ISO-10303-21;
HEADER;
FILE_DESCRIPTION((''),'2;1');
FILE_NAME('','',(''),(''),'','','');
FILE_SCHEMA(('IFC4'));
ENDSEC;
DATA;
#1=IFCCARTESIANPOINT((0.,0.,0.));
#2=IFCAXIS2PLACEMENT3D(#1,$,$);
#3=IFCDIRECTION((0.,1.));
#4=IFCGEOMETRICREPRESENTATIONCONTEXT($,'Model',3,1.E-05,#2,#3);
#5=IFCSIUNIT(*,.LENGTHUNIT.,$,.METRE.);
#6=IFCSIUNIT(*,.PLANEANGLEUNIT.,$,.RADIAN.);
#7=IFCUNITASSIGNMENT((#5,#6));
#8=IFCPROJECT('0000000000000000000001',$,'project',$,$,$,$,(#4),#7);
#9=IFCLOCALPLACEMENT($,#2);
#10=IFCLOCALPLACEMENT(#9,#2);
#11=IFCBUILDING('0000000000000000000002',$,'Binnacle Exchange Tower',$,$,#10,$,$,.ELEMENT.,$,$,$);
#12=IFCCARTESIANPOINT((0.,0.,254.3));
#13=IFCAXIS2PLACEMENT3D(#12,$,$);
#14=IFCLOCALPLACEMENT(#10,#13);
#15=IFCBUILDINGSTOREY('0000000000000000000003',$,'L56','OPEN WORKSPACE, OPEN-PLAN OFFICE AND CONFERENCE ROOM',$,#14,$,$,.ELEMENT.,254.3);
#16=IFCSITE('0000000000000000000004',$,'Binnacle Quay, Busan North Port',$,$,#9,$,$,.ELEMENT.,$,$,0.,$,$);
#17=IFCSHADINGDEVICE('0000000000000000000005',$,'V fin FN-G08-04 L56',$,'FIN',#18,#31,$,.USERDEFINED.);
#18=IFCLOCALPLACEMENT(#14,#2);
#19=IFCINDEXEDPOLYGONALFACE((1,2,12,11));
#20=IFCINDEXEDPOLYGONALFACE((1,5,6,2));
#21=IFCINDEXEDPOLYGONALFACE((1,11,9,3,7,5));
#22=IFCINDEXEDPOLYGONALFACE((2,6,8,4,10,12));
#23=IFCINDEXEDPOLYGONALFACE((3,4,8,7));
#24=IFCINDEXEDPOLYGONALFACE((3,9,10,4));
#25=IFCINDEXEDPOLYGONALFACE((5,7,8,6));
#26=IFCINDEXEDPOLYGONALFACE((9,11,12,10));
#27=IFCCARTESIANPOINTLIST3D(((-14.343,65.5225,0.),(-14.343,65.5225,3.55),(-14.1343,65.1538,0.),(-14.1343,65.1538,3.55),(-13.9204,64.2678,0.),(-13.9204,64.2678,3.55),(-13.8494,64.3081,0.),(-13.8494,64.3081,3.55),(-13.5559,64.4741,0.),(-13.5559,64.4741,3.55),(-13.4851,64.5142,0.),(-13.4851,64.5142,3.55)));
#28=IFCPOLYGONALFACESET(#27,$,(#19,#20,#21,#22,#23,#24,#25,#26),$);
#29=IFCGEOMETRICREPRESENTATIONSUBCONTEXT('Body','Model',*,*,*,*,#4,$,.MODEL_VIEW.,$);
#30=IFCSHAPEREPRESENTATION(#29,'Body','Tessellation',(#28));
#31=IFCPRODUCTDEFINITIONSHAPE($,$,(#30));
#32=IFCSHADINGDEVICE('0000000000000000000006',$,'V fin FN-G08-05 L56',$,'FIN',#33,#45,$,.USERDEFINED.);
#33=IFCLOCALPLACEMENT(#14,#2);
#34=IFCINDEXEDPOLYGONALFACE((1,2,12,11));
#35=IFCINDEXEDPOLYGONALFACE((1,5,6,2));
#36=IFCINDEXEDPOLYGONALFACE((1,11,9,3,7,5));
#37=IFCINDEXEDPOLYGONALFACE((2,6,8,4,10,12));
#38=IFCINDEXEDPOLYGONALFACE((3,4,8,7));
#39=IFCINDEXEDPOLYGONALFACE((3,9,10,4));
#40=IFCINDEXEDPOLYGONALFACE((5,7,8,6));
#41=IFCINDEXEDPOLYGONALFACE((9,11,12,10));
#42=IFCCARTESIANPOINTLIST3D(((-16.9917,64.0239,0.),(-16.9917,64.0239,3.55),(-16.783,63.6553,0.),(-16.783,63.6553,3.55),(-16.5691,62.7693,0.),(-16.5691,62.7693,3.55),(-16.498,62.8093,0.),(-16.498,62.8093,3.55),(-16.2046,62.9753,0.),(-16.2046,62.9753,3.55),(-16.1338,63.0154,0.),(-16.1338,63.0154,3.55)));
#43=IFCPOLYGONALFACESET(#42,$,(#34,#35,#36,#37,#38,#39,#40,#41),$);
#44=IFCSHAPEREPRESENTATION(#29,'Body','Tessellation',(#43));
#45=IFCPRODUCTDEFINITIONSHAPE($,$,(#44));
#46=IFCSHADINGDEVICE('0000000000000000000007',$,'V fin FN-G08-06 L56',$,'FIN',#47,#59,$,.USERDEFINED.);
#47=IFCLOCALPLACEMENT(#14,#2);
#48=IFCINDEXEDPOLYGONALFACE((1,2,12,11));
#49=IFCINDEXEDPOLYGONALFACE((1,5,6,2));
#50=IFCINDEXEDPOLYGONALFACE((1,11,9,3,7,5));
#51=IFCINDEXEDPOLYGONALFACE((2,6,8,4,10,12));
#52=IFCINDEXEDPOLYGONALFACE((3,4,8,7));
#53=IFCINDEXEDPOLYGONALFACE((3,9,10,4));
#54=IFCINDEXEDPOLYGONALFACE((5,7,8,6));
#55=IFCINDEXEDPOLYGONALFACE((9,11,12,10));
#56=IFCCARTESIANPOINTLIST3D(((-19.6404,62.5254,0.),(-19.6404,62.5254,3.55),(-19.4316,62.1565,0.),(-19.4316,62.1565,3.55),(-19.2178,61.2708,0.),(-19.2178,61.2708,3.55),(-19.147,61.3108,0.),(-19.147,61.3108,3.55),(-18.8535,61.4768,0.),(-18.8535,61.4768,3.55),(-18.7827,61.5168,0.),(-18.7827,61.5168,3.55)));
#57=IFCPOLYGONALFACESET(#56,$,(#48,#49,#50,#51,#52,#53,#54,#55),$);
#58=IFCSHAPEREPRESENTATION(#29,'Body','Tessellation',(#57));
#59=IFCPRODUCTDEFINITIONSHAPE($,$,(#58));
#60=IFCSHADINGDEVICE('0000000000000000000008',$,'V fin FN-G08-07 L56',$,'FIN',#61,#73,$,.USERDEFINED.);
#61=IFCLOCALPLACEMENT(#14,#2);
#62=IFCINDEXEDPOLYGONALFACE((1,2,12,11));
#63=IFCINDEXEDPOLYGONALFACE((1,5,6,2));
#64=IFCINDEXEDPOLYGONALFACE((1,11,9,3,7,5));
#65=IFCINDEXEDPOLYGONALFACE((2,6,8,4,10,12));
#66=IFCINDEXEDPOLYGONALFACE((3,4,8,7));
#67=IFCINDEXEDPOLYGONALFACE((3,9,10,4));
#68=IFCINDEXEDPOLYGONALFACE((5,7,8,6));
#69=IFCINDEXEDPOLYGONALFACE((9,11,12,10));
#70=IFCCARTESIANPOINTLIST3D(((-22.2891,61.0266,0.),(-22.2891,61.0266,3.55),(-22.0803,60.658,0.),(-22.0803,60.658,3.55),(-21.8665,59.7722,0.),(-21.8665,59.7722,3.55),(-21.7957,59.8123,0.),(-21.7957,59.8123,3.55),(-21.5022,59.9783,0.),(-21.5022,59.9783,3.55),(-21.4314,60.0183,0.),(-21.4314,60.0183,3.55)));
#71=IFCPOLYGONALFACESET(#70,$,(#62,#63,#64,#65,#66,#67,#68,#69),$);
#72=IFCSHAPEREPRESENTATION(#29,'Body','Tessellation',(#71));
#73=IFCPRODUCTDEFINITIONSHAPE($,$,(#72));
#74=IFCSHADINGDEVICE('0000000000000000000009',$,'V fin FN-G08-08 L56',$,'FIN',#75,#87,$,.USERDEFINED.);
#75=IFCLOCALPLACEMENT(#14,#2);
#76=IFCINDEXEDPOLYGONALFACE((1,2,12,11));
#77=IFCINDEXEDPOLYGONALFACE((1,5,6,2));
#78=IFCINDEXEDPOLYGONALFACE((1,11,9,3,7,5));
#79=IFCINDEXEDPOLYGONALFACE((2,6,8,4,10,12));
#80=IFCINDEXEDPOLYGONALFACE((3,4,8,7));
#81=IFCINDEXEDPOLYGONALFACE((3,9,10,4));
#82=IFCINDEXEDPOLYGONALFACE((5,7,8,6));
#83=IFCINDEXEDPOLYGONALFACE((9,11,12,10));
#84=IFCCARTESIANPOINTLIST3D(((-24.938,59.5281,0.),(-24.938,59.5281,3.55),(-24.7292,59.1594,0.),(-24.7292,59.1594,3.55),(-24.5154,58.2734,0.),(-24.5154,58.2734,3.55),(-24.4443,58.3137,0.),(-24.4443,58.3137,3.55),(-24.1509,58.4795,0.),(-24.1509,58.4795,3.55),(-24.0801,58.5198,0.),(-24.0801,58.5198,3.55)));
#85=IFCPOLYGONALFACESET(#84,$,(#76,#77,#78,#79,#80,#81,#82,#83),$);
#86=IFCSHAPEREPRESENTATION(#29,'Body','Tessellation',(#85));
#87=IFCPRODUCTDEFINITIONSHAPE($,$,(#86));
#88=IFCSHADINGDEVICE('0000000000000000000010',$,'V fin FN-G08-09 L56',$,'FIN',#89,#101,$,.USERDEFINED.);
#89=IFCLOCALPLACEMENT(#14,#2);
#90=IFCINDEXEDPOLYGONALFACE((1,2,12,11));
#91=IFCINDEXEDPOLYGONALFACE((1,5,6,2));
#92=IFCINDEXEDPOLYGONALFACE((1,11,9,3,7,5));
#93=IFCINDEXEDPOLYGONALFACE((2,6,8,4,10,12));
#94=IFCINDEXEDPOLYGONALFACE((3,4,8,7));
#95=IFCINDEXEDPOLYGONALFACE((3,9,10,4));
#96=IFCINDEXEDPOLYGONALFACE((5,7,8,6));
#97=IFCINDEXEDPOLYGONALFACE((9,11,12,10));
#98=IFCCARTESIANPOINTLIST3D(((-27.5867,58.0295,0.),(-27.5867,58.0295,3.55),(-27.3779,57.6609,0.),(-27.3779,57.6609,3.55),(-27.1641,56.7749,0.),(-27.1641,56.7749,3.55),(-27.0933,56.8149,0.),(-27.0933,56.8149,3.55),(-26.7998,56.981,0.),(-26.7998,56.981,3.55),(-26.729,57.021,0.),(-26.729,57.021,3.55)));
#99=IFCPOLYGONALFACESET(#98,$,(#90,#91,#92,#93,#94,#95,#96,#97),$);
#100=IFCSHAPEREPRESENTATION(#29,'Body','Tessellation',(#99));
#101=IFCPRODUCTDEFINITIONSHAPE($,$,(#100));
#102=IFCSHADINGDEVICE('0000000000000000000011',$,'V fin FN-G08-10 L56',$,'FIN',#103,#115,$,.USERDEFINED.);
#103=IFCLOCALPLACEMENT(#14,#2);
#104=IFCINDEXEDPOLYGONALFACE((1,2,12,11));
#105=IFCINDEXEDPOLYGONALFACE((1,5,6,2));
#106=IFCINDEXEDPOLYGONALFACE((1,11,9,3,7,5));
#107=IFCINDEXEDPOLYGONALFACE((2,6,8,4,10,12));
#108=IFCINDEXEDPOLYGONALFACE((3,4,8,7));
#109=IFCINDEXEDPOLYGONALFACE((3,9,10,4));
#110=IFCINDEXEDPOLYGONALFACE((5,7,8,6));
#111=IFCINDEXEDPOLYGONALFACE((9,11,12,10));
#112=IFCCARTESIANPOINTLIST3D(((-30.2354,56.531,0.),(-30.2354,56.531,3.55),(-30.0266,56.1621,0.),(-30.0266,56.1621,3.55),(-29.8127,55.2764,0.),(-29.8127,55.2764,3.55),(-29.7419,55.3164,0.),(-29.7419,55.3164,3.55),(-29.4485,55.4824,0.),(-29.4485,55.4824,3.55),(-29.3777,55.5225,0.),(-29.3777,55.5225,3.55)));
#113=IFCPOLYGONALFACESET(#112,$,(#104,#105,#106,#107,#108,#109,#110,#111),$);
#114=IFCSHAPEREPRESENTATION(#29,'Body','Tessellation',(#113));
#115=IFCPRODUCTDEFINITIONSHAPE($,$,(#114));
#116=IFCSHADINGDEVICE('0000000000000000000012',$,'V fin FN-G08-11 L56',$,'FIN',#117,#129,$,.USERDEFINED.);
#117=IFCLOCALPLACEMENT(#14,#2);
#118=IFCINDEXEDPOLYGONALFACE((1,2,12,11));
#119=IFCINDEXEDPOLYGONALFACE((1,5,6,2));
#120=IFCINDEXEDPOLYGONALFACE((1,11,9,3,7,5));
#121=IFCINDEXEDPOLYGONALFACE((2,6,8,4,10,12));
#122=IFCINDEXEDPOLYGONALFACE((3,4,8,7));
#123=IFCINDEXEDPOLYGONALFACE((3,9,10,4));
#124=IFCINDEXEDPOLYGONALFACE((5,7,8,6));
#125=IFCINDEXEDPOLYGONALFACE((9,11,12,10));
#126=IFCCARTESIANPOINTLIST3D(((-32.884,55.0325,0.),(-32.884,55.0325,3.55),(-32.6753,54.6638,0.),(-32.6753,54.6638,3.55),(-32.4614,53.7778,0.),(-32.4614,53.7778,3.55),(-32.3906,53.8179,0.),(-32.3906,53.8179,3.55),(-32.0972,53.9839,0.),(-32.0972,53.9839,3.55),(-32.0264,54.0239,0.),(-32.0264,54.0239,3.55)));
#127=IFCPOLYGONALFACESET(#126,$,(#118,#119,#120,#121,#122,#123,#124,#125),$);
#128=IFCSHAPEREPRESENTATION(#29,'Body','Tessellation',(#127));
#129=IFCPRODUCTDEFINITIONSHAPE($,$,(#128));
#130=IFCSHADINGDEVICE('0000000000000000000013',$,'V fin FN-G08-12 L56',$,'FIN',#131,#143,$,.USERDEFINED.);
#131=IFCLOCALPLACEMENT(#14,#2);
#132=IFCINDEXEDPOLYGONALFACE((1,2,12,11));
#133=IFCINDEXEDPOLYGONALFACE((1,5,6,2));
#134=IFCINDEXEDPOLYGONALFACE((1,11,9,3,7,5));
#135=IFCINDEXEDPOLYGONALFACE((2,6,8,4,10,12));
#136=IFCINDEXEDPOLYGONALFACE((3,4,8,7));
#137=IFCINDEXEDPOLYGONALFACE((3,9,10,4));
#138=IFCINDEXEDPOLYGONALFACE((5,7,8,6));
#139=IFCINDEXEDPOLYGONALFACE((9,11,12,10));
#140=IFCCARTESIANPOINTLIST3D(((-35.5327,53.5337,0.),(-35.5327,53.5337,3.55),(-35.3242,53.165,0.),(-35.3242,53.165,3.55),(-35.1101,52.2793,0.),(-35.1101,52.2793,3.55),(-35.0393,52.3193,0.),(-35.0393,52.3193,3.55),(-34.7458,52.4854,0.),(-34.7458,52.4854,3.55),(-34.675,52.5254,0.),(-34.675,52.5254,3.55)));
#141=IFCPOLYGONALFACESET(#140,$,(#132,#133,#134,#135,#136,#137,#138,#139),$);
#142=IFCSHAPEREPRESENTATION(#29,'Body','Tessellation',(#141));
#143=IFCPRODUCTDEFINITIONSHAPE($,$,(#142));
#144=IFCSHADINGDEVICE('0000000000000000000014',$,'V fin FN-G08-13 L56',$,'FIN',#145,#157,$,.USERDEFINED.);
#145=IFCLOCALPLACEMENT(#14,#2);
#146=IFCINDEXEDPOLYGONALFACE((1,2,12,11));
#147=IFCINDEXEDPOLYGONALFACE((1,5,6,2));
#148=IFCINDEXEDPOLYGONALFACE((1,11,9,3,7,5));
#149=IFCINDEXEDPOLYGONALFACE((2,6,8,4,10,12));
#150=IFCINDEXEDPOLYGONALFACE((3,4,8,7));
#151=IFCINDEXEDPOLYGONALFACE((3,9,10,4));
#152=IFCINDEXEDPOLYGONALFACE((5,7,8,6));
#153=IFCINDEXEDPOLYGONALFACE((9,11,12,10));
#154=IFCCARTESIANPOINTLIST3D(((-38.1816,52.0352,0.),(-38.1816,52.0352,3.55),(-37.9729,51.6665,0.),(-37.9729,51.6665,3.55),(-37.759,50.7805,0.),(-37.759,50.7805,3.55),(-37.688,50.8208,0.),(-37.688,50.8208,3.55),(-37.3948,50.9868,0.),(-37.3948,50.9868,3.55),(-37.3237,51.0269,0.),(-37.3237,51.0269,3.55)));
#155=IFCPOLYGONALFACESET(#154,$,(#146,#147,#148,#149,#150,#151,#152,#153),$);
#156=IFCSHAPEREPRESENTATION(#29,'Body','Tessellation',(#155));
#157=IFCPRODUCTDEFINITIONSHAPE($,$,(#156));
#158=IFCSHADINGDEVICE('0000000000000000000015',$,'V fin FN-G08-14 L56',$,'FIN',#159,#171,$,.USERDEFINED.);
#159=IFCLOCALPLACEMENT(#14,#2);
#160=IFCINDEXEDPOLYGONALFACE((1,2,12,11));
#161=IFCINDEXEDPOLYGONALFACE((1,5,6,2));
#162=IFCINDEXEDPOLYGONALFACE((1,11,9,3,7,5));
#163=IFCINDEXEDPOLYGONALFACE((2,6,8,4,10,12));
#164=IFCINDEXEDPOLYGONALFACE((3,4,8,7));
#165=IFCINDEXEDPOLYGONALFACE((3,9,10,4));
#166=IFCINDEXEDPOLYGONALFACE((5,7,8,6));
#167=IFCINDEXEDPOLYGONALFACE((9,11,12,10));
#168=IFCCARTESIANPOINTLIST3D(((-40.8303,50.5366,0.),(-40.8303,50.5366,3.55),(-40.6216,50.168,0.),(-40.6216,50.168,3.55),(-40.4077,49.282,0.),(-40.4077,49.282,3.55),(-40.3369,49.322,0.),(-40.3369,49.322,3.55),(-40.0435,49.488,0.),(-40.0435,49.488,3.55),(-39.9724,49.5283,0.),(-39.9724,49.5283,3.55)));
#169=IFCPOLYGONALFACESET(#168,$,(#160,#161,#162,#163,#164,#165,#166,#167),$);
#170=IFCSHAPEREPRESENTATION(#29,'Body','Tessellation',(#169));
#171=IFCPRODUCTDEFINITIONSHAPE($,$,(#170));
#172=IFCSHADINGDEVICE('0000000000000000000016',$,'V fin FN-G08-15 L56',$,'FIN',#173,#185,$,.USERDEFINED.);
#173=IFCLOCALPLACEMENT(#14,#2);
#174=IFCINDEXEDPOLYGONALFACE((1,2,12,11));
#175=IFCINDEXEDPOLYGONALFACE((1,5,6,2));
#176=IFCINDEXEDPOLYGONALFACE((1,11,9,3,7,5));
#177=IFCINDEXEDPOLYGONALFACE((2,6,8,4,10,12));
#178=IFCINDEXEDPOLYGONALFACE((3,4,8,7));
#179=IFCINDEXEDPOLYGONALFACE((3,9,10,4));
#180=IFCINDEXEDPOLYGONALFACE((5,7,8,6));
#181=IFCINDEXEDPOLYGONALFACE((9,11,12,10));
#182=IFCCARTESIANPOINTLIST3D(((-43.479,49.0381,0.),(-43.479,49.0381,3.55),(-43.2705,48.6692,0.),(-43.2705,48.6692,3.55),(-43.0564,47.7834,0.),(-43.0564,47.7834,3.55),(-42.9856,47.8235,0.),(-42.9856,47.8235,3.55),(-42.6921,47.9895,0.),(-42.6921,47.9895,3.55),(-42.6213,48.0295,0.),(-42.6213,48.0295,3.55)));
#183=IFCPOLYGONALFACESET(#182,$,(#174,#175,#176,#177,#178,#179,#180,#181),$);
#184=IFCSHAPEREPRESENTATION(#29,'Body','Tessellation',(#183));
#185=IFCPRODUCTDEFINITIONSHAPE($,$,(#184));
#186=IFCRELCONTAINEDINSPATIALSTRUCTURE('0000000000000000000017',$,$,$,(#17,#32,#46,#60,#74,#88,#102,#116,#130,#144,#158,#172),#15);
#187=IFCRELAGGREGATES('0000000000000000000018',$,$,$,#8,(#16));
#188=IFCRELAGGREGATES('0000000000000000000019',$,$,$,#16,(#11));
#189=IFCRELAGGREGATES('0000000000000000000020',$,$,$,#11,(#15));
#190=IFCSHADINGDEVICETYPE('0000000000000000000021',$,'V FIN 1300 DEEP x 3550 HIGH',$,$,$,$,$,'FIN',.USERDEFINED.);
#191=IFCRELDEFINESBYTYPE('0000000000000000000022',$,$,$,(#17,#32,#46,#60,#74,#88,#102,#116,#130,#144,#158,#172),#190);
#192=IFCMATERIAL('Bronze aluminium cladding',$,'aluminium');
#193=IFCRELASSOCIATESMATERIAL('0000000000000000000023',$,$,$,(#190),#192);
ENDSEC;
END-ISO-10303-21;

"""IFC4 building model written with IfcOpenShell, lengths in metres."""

from ifc_helpers import new_model, si_unit, direction, frame, origin, place, context, subcontext, project, spatial, polyline, outline, extrude, material, type_object, element, save


model = new_model("IFC4")

# Units and contexts
model_context = context("Model", 3, precision=1e-05, world=origin(), true_north=direction((0.0, 1.0)))
body_context = subcontext(model_context, "Body", "Model", "MODEL_VIEW")
ifc_project = project(units=[si_unit("LENGTHUNIT", "METRE"), si_unit("PLANEANGLEUNIT", "RADIAN")], contexts=[model_context])

# Site, building, storey
site_placement = place(None, origin())
site = spatial("IfcSite", under=ifc_project, at=site_placement, Name="Binnacle Quay, Busan North Port", CompositionType="ELEMENT", RefElevation=0.0)
building_placement = place(site_placement, origin())
building = spatial("IfcBuilding", under=site, at=building_placement, Name="Binnacle Exchange Tower", CompositionType="ELEMENT")
storey_placement = place(building_placement, frame((0.0, 0.0, 254.3)))
storey = spatial("IfcBuildingStorey", under=building, at=storey_placement, Name="L56", Description="OPEN WORKSPACE, OPEN-PLAN OFFICE AND CONFERENCE ROOM", CompositionType="ELEMENT", Elevation=254.3)

# Shading devices
ifc_material_1 = material(Name="Bronze aluminium cladding", Category="aluminium")
shading_device_type = type_object("IfcShadingDeviceType", Name="V FIN 1300 DEEP x 3550 HIGH", ElementType="FIN", PredefinedType="USERDEFINED", material=ifc_material_1)
shading_device_1_placement = place(storey_placement, origin())
element("IfcShadingDevice", 1, at=shading_device_1_placement, inside=storey, type_object=shading_device_type, Name="V fin FN-G08-04 L56", ObjectType="FIN", PredefinedType="USERDEFINED", context=body_context, shape_type="SweptSolid", body=[
    extrude(outline(polyline([(-13.4851, 64.5142), (-14.343, 65.5225), (-13.9204, 64.2678), (-13.8494, 64.3081), (-14.1343, 65.1538), (-13.5559, 64.4741), (-13.4851, 64.5142)])), origin(), (0.0, 0.0, 1.0), 3.55),
])
shading_device_2_placement = place(storey_placement, origin())
element("IfcShadingDevice", 2, at=shading_device_2_placement, inside=storey, type_object=shading_device_type, Name="V fin FN-G08-05 L56", ObjectType="FIN", PredefinedType="USERDEFINED", context=body_context, shape_type="SweptSolid", body=[
    extrude(outline(polyline([(-16.1338, 63.0154), (-16.9917, 64.0239), (-16.5691, 62.7693), (-16.498, 62.8093), (-16.783, 63.6553), (-16.2046, 62.9753), (-16.1338, 63.0154)])), origin(), (0.0, 0.0, 1.0), 3.55),
])
shading_device_3_placement = place(storey_placement, origin())
element("IfcShadingDevice", 3, at=shading_device_3_placement, inside=storey, type_object=shading_device_type, Name="V fin FN-G08-06 L56", ObjectType="FIN", PredefinedType="USERDEFINED", context=body_context, shape_type="SweptSolid", body=[
    extrude(outline(polyline([(-18.7827, 61.5168), (-19.6404, 62.5254), (-19.2178, 61.2708), (-19.147, 61.3108), (-19.4316, 62.1565), (-18.8535, 61.4768), (-18.7827, 61.5168)])), origin(), (0.0, 0.0, 1.0), 3.55),
])
shading_device_4_placement = place(storey_placement, origin())
element("IfcShadingDevice", 4, at=shading_device_4_placement, inside=storey, type_object=shading_device_type, Name="V fin FN-G08-07 L56", ObjectType="FIN", PredefinedType="USERDEFINED", context=body_context, shape_type="SweptSolid", body=[
    extrude(outline(polyline([(-21.4314, 60.0183), (-22.2891, 61.0266), (-21.8665, 59.7722), (-21.7957, 59.8123), (-22.0803, 60.658), (-21.5022, 59.9783), (-21.4314, 60.0183)])), origin(), (0.0, 0.0, 1.0), 3.55),
])
shading_device_5_placement = place(storey_placement, origin())
element("IfcShadingDevice", 5, at=shading_device_5_placement, inside=storey, type_object=shading_device_type, Name="V fin FN-G08-08 L56", ObjectType="FIN", PredefinedType="USERDEFINED", context=body_context, shape_type="SweptSolid", body=[
    extrude(outline(polyline([(-24.0801, 58.5198), (-24.938, 59.5281), (-24.5154, 58.2734), (-24.4443, 58.3137), (-24.7292, 59.1594), (-24.1509, 58.4795), (-24.0801, 58.5198)])), origin(), (0.0, 0.0, 1.0), 3.55),
])
shading_device_6_placement = place(storey_placement, origin())
element("IfcShadingDevice", 6, at=shading_device_6_placement, inside=storey, type_object=shading_device_type, Name="V fin FN-G08-09 L56", ObjectType="FIN", PredefinedType="USERDEFINED", context=body_context, shape_type="SweptSolid", body=[
    extrude(outline(polyline([(-26.729, 57.021), (-27.5867, 58.0295), (-27.1641, 56.7749), (-27.0933, 56.8149), (-27.3779, 57.6609), (-26.7998, 56.981), (-26.729, 57.021)])), origin(), (0.0, 0.0, 1.0), 3.55),
])
shading_device_7_placement = place(storey_placement, origin())
element("IfcShadingDevice", 7, at=shading_device_7_placement, inside=storey, type_object=shading_device_type, Name="V fin FN-G08-10 L56", ObjectType="FIN", PredefinedType="USERDEFINED", context=body_context, shape_type="SweptSolid", body=[
    extrude(outline(polyline([(-29.3777, 55.5225), (-30.2354, 56.531), (-29.8127, 55.2764), (-29.7419, 55.3164), (-30.0266, 56.1621), (-29.4485, 55.4824), (-29.3777, 55.5225)])), origin(), (0.0, 0.0, 1.0), 3.55),
])
shading_device_8_placement = place(storey_placement, origin())
element("IfcShadingDevice", 8, at=shading_device_8_placement, inside=storey, type_object=shading_device_type, Name="V fin FN-G08-11 L56", ObjectType="FIN", PredefinedType="USERDEFINED", context=body_context, shape_type="SweptSolid", body=[
    extrude(outline(polyline([(-32.0264, 54.0239), (-32.884, 55.0325), (-32.4614, 53.7778), (-32.3906, 53.8179), (-32.6753, 54.6638), (-32.0972, 53.9839), (-32.0264, 54.0239)])), origin(), (0.0, 0.0, 1.0), 3.55),
])
shading_device_9_placement = place(storey_placement, origin())
element("IfcShadingDevice", 9, at=shading_device_9_placement, inside=storey, type_object=shading_device_type, Name="V fin FN-G08-12 L56", ObjectType="FIN", PredefinedType="USERDEFINED", context=body_context, shape_type="SweptSolid", body=[
    extrude(outline(polyline([(-34.675, 52.5254), (-35.5327, 53.5337), (-35.1101, 52.2793), (-35.0393, 52.3193), (-35.3242, 53.165), (-34.7458, 52.4854), (-34.675, 52.5254)])), origin(), (0.0, 0.0, 1.0), 3.55),
])
shading_device_10_placement = place(storey_placement, origin())
element("IfcShadingDevice", 10, at=shading_device_10_placement, inside=storey, type_object=shading_device_type, Name="V fin FN-G08-13 L56", ObjectType="FIN", PredefinedType="USERDEFINED", context=body_context, shape_type="SweptSolid", body=[
    extrude(outline(polyline([(-37.3237, 51.0269), (-38.1816, 52.0352), (-37.759, 50.7805), (-37.688, 50.8208), (-37.9729, 51.6665), (-37.3948, 50.9868), (-37.3237, 51.0269)])), origin(), (0.0, 0.0, 1.0), 3.55),
])
shading_device_11_placement = place(storey_placement, origin())
element("IfcShadingDevice", 11, at=shading_device_11_placement, inside=storey, type_object=shading_device_type, Name="V fin FN-G08-14 L56", ObjectType="FIN", PredefinedType="USERDEFINED", context=body_context, shape_type="SweptSolid", body=[
    extrude(outline(polyline([(-39.9724, 49.5283), (-40.8303, 50.5366), (-40.4077, 49.282), (-40.3369, 49.322), (-40.6216, 50.168), (-40.0435, 49.488), (-39.9724, 49.5283)])), origin(), (0.0, 0.0, 1.0), 3.55),
])
shading_device_12_placement = place(storey_placement, origin())
element("IfcShadingDevice", 12, at=shading_device_12_placement, inside=storey, type_object=shading_device_type, Name="V fin FN-G08-15 L56", ObjectType="FIN", PredefinedType="USERDEFINED", context=body_context, shape_type="SweptSolid", body=[
    extrude(outline(polyline([(-42.6213, 48.0295), (-43.479, 49.0381), (-43.0564, 47.7834), (-42.9856, 47.8235), (-43.2705, 48.6692), (-42.6921, 47.9895), (-42.6213, 48.0295)])), origin(), (0.0, 0.0, 1.0), 3.55),
])

save(model, "model.ifc")
